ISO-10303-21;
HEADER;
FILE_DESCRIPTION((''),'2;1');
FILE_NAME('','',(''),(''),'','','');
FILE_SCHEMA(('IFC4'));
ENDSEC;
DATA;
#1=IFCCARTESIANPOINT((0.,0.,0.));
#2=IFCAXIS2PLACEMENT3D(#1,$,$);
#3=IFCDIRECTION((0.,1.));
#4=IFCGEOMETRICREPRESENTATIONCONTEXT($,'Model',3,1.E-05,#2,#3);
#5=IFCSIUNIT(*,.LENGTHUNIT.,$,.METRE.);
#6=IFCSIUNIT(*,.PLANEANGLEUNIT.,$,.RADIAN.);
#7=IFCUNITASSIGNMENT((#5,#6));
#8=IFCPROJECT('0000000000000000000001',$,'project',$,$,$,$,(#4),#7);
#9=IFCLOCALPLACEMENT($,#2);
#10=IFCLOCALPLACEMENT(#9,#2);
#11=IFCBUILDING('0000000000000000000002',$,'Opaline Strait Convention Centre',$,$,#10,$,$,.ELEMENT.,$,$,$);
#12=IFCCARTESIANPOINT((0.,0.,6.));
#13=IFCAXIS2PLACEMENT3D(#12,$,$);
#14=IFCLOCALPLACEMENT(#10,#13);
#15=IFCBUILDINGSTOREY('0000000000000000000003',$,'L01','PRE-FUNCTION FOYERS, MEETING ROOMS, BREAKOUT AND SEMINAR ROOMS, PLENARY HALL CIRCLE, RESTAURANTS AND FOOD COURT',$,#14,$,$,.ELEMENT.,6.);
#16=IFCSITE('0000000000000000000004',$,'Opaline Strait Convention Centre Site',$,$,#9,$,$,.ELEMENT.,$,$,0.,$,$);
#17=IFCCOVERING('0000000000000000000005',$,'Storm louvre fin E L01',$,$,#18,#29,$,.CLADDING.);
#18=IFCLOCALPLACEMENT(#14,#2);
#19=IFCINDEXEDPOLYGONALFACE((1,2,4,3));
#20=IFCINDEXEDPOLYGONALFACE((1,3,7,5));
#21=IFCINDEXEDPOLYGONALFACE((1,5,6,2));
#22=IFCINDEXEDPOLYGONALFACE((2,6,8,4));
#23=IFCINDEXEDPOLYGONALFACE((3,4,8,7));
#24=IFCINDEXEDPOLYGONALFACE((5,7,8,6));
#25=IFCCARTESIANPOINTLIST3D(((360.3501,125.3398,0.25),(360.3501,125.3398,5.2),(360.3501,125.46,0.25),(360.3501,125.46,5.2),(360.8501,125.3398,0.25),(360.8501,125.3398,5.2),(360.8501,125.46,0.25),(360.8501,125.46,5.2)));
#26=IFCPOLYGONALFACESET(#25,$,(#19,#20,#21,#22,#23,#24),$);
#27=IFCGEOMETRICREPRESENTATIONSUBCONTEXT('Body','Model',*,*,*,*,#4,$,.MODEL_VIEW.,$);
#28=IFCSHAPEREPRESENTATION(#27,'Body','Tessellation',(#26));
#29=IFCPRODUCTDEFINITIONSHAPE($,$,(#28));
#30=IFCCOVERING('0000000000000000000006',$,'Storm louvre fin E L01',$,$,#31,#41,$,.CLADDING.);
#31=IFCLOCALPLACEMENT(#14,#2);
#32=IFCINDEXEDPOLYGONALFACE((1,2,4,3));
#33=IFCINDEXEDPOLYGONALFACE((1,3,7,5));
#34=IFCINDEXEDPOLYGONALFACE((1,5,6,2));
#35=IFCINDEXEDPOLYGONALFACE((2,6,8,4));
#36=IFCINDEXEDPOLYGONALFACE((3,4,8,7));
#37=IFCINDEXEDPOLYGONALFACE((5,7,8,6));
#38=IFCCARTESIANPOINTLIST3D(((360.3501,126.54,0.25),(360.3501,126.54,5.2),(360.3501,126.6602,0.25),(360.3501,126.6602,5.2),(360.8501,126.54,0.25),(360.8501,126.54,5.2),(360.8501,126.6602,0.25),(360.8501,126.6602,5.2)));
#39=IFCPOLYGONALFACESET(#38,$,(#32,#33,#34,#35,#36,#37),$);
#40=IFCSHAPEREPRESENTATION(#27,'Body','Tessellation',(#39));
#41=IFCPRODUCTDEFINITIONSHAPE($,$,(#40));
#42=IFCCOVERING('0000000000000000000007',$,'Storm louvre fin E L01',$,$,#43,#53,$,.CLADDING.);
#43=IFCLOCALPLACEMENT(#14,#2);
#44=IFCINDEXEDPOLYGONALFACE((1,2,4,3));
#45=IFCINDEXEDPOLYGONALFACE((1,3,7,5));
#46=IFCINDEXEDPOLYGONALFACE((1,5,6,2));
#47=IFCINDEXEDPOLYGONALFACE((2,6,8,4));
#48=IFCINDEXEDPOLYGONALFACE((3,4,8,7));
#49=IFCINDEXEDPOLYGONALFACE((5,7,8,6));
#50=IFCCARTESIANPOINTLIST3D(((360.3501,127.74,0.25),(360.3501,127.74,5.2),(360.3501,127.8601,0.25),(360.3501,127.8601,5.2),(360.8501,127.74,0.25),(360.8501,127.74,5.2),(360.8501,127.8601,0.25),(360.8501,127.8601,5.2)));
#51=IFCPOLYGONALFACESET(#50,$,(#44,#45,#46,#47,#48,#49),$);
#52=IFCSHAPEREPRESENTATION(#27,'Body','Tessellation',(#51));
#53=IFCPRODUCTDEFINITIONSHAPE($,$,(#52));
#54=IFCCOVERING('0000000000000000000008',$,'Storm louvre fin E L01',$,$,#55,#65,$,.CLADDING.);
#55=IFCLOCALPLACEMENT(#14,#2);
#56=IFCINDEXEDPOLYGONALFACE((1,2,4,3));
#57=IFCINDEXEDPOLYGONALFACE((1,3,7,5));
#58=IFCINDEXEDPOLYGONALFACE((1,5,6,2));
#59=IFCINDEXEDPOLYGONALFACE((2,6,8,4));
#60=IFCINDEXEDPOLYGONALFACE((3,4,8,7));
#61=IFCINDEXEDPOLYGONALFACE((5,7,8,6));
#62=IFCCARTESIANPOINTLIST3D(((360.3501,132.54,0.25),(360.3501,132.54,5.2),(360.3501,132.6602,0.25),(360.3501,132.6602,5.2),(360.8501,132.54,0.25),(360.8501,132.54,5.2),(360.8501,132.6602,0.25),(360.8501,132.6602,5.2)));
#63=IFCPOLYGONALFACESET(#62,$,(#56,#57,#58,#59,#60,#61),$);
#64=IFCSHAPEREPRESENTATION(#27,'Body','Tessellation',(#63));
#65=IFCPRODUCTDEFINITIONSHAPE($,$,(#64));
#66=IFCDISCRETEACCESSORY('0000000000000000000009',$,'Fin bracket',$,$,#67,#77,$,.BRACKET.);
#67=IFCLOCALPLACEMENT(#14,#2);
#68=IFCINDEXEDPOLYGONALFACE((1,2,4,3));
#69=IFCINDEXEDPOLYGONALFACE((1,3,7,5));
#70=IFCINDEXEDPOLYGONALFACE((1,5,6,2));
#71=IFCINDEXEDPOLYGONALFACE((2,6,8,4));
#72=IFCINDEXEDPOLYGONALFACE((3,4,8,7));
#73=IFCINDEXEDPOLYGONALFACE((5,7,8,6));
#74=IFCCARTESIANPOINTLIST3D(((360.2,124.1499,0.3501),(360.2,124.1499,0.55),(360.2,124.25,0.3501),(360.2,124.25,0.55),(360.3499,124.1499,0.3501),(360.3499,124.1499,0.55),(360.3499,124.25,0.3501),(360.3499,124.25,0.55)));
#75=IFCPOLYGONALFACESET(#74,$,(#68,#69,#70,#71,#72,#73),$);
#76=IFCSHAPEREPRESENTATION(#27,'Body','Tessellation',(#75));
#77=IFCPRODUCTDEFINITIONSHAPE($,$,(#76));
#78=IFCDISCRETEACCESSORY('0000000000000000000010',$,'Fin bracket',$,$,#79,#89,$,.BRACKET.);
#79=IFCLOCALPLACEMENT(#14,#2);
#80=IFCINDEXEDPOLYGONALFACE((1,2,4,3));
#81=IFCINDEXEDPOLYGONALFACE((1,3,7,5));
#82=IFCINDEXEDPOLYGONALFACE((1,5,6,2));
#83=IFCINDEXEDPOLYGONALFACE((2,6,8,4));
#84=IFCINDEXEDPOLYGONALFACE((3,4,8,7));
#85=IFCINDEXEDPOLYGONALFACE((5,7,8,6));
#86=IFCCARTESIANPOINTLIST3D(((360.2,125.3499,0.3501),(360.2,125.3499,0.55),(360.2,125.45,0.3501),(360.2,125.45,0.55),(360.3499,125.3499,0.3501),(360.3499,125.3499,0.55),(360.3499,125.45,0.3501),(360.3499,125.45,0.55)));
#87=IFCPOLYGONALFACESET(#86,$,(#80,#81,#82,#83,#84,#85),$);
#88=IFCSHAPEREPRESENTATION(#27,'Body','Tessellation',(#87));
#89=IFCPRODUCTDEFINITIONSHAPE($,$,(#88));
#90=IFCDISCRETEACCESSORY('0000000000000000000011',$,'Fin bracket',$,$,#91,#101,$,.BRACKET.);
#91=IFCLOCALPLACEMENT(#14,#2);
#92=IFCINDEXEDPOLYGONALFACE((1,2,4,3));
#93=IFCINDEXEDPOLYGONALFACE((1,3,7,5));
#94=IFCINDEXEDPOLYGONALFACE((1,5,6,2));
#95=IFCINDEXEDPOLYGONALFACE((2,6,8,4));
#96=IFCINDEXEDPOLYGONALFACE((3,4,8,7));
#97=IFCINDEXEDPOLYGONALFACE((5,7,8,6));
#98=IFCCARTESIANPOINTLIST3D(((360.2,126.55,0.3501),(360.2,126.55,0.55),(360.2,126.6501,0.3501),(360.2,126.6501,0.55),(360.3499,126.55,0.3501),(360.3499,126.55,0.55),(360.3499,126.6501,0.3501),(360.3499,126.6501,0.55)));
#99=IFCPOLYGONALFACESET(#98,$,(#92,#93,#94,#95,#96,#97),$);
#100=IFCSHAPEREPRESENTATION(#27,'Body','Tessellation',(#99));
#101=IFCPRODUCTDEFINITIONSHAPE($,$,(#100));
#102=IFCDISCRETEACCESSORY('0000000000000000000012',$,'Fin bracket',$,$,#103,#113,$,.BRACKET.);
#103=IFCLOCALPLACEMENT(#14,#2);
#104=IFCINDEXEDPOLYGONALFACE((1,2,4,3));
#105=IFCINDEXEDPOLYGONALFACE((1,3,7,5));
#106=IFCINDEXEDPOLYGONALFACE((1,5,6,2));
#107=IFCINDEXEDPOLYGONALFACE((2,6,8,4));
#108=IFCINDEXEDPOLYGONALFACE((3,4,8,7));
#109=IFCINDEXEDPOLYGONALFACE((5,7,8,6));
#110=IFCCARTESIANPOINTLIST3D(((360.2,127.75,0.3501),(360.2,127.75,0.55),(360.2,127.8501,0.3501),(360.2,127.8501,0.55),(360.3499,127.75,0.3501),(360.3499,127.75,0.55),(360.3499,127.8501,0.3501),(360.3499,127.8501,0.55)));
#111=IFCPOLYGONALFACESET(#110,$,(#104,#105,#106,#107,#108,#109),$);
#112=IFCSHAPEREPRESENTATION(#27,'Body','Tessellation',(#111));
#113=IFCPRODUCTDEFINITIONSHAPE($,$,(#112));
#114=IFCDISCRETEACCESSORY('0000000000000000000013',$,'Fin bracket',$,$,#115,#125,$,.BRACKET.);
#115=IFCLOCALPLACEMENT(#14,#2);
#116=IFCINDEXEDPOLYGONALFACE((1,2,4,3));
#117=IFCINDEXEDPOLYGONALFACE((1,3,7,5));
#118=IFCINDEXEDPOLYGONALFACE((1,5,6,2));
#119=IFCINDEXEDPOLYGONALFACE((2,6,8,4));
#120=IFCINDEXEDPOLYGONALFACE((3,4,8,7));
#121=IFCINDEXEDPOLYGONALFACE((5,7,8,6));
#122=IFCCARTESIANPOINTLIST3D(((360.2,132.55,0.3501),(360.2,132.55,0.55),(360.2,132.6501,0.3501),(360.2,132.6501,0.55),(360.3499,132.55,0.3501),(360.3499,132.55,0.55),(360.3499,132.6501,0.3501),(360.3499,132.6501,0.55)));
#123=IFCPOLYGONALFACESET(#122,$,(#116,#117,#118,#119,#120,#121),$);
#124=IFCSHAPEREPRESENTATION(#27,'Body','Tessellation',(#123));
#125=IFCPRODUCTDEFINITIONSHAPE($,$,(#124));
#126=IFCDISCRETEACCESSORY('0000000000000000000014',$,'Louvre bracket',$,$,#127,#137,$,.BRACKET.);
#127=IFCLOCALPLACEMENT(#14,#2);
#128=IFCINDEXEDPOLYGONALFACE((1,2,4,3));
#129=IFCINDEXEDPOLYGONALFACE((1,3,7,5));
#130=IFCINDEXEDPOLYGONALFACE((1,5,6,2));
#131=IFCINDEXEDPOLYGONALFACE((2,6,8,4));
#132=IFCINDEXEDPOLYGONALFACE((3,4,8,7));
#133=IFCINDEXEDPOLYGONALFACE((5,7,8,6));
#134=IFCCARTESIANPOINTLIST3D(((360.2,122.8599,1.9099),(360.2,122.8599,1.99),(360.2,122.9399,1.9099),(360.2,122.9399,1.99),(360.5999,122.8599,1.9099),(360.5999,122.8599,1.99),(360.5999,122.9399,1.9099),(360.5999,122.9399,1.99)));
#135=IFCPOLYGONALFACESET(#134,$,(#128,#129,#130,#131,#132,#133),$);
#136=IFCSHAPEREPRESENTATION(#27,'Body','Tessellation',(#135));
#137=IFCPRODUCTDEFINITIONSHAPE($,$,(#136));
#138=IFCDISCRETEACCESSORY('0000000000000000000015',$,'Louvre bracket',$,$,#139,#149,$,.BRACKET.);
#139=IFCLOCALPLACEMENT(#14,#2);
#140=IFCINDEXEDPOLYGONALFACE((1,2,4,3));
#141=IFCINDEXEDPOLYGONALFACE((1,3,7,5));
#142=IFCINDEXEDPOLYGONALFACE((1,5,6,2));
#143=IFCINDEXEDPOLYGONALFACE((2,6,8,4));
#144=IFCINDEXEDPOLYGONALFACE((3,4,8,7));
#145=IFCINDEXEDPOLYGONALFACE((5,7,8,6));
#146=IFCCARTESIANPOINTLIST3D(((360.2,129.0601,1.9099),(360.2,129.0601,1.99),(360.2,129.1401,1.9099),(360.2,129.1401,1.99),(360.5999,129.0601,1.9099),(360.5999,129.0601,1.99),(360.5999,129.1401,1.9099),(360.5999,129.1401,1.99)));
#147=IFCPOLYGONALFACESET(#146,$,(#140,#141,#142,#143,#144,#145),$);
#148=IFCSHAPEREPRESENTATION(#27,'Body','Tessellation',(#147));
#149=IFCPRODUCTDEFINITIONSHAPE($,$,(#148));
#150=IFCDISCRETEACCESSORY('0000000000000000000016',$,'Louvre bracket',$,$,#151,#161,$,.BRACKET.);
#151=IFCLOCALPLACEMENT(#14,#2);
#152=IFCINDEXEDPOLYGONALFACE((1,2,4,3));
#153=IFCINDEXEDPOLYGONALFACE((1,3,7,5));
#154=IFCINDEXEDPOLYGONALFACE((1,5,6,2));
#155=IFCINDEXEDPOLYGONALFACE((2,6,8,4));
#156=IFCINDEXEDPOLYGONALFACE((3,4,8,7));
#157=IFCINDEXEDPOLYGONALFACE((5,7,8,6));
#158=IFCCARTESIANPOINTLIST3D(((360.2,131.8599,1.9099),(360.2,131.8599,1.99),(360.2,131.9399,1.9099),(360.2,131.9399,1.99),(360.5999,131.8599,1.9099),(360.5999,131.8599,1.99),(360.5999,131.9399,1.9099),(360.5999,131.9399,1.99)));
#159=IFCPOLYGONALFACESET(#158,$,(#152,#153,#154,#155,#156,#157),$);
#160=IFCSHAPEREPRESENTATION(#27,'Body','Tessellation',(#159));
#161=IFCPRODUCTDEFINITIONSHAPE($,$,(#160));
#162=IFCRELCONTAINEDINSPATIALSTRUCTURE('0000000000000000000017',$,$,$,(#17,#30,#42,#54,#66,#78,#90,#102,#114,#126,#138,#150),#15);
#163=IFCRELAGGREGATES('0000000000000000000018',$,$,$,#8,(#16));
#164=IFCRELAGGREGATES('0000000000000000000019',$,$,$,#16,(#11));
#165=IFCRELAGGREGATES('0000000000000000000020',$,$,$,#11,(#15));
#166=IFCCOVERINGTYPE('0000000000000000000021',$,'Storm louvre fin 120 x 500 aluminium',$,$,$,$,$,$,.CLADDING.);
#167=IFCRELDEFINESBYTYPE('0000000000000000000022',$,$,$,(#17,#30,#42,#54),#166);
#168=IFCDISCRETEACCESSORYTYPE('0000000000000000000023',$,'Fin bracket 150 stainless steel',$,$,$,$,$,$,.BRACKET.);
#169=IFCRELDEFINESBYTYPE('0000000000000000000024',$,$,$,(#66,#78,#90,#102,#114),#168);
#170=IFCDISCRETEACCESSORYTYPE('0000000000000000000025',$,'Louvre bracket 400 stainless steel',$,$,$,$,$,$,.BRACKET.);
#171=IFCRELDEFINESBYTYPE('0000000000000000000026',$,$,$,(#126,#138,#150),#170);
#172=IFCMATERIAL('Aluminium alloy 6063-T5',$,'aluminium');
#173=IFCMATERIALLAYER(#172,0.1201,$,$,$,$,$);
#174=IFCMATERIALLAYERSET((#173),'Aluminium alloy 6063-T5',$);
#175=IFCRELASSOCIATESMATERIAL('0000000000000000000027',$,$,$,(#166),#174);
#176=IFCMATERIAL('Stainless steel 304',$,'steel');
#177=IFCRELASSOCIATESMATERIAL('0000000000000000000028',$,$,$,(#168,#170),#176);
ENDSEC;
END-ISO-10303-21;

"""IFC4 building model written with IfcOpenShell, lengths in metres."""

from ifc_helpers import new_model, si_unit, direction, frame, origin, origin_2d, place, context, subcontext, project, spatial, rectangle, extrude, material, layer, layer_set, type_object, element, save


model = new_model("IFC4")

# Units and contexts
model_context = context("Model", 3, precision=1e-05, world=origin(), true_north=direction((0.0, 1.0)))
body_context = subcontext(model_context, "Body", "Model", "MODEL_VIEW")
ifc_project = project(units=[si_unit("LENGTHUNIT", "METRE"), si_unit("PLANEANGLEUNIT", "RADIAN")], contexts=[model_context])

# Site, building, storey
site_placement = place(None, origin())
site = spatial("IfcSite", under=ifc_project, at=site_placement, Name="Opaline Strait Convention Centre Site", CompositionType="ELEMENT", RefElevation=0.0)
building_placement = place(site_placement, origin())
building = spatial("IfcBuilding", under=site, at=building_placement, Name="Opaline Strait Convention Centre", CompositionType="ELEMENT")
storey_placement = place(building_placement, frame((0.0, 0.0, 6.0)))
storey = spatial("IfcBuildingStorey", under=building, at=storey_placement, Name="L01", Description="PRE-FUNCTION FOYERS, MEETING ROOMS, BREAKOUT AND SEMINAR ROOMS, PLENARY HALL CIRCLE, RESTAURANTS AND FOOD COURT", CompositionType="ELEMENT", Elevation=6.0)

# Shared definitions
ifc_material_1 = material(Name="Aluminium alloy 6063-T5", Category="aluminium")

# Coverings
ifc_layer_1 = layer(ifc_material_1, 0.1201)
ifc_layer_set_1 = layer_set([ifc_layer_1], Name="Aluminium alloy 6063-T5")
covering_type = type_object("IfcCoveringType", Name="Storm louvre fin 120 x 500 aluminium", PredefinedType="CLADDING", material=ifc_layer_set_1)
for number, where, z_axis, x_axis, name in (
    (1, (360.6001, 125.3999, 0.25), (0.0, 0.0, 1.0), (1.0, 0.0, 0.0), "Storm louvre fin E L01"),
    (2, (360.6001, 126.6001, 0.25), (0.0, 0.0, 1.0), (1.0, 0.0, 0.0), "Storm louvre fin E L01"),
    (3, (360.6001, 127.8, 0.25), (0.0, 0.0, 1.0), (1.0, 0.0, 0.0), "Storm louvre fin E L01"),
    (4, (360.6001, 132.6001, 0.25), (0.0, 0.0, 1.0), (1.0, 0.0, 0.0), "Storm louvre fin E L01"),
):
    element("IfcCovering", number, at=place(storey_placement, frame(where, z_axis=z_axis, x_axis=x_axis)), inside=storey, type_object=covering_type, Name=name, PredefinedType="CLADDING", context=body_context, shape_type="SweptSolid", body=[
        extrude(rectangle(XDim=0.5, YDim=0.1201, at=origin_2d()), origin(), (0.0, 0.0, 1.0), 4.95),
    ])

# Discrete accessories
ifc_material_2 = material(Name="Stainless steel 304", Category="steel")
discrete_accessory_type_1 = type_object("IfcDiscreteAccessoryType", Name="Fin bracket 150 stainless steel", PredefinedType="BRACKET", material=ifc_material_2)
for number, where, z_axis, x_axis, name in (
    (5, (360.2749, 124.2, 0.3501), (0.0, 0.0, 1.0), (1.0, 0.0, 0.0), "Fin bracket"),
    (6, (360.2749, 125.3999, 0.3501), (0.0, 0.0, 1.0), (1.0, 0.0, 0.0), "Fin bracket"),
    (7, (360.2749, 126.6001, 0.3501), (0.0, 0.0, 1.0), (1.0, 0.0, 0.0), "Fin bracket"),
    (8, (360.2749, 127.8, 0.3501), (0.0, 0.0, 1.0), (1.0, 0.0, 0.0), "Fin bracket"),
    (9, (360.2749, 132.6001, 0.3501), (0.0, 0.0, 1.0), (1.0, 0.0, 0.0), "Fin bracket"),
):
    element("IfcDiscreteAccessory", number, at=place(storey_placement, frame(where, z_axis=z_axis, x_axis=x_axis)), inside=storey, type_object=discrete_accessory_type_1, Name=name, PredefinedType="BRACKET", context=body_context, shape_type="SweptSolid", body=[
        extrude(rectangle(XDim=0.1499, YDim=0.1001, at=origin_2d()), origin(), (0.0, 0.0, 1.0), 0.2),
    ])
discrete_accessory_type_2 = type_object("IfcDiscreteAccessoryType", Name="Louvre bracket 400 stainless steel", PredefinedType="BRACKET", material=ifc_material_2)
for number, where, z_axis, x_axis, name in (
    (10, (360.3999, 122.8999, 1.9099), (0.0, 0.0, 1.0), (1.0, 0.0, 0.0), "Louvre bracket"),
    (11, (360.3999, 129.1001, 1.9099), (0.0, 0.0, 1.0), (1.0, 0.0, 0.0), "Louvre bracket"),
    (12, (360.3999, 131.8999, 1.9099), (0.0, 0.0, 1.0), (1.0, 0.0, 0.0), "Louvre bracket"),
):
    element("IfcDiscreteAccessory", number, at=place(storey_placement, frame(where, z_axis=z_axis, x_axis=x_axis)), inside=storey, type_object=discrete_accessory_type_2, Name=name, PredefinedType="BRACKET", context=body_context, shape_type="SweptSolid", body=[
        extrude(rectangle(XDim=0.3999, YDim=0.0801, at=origin_2d()), origin(), (0.0, 0.0, 1.0), 0.0801),
    ])

save(model, "model.ifc")
